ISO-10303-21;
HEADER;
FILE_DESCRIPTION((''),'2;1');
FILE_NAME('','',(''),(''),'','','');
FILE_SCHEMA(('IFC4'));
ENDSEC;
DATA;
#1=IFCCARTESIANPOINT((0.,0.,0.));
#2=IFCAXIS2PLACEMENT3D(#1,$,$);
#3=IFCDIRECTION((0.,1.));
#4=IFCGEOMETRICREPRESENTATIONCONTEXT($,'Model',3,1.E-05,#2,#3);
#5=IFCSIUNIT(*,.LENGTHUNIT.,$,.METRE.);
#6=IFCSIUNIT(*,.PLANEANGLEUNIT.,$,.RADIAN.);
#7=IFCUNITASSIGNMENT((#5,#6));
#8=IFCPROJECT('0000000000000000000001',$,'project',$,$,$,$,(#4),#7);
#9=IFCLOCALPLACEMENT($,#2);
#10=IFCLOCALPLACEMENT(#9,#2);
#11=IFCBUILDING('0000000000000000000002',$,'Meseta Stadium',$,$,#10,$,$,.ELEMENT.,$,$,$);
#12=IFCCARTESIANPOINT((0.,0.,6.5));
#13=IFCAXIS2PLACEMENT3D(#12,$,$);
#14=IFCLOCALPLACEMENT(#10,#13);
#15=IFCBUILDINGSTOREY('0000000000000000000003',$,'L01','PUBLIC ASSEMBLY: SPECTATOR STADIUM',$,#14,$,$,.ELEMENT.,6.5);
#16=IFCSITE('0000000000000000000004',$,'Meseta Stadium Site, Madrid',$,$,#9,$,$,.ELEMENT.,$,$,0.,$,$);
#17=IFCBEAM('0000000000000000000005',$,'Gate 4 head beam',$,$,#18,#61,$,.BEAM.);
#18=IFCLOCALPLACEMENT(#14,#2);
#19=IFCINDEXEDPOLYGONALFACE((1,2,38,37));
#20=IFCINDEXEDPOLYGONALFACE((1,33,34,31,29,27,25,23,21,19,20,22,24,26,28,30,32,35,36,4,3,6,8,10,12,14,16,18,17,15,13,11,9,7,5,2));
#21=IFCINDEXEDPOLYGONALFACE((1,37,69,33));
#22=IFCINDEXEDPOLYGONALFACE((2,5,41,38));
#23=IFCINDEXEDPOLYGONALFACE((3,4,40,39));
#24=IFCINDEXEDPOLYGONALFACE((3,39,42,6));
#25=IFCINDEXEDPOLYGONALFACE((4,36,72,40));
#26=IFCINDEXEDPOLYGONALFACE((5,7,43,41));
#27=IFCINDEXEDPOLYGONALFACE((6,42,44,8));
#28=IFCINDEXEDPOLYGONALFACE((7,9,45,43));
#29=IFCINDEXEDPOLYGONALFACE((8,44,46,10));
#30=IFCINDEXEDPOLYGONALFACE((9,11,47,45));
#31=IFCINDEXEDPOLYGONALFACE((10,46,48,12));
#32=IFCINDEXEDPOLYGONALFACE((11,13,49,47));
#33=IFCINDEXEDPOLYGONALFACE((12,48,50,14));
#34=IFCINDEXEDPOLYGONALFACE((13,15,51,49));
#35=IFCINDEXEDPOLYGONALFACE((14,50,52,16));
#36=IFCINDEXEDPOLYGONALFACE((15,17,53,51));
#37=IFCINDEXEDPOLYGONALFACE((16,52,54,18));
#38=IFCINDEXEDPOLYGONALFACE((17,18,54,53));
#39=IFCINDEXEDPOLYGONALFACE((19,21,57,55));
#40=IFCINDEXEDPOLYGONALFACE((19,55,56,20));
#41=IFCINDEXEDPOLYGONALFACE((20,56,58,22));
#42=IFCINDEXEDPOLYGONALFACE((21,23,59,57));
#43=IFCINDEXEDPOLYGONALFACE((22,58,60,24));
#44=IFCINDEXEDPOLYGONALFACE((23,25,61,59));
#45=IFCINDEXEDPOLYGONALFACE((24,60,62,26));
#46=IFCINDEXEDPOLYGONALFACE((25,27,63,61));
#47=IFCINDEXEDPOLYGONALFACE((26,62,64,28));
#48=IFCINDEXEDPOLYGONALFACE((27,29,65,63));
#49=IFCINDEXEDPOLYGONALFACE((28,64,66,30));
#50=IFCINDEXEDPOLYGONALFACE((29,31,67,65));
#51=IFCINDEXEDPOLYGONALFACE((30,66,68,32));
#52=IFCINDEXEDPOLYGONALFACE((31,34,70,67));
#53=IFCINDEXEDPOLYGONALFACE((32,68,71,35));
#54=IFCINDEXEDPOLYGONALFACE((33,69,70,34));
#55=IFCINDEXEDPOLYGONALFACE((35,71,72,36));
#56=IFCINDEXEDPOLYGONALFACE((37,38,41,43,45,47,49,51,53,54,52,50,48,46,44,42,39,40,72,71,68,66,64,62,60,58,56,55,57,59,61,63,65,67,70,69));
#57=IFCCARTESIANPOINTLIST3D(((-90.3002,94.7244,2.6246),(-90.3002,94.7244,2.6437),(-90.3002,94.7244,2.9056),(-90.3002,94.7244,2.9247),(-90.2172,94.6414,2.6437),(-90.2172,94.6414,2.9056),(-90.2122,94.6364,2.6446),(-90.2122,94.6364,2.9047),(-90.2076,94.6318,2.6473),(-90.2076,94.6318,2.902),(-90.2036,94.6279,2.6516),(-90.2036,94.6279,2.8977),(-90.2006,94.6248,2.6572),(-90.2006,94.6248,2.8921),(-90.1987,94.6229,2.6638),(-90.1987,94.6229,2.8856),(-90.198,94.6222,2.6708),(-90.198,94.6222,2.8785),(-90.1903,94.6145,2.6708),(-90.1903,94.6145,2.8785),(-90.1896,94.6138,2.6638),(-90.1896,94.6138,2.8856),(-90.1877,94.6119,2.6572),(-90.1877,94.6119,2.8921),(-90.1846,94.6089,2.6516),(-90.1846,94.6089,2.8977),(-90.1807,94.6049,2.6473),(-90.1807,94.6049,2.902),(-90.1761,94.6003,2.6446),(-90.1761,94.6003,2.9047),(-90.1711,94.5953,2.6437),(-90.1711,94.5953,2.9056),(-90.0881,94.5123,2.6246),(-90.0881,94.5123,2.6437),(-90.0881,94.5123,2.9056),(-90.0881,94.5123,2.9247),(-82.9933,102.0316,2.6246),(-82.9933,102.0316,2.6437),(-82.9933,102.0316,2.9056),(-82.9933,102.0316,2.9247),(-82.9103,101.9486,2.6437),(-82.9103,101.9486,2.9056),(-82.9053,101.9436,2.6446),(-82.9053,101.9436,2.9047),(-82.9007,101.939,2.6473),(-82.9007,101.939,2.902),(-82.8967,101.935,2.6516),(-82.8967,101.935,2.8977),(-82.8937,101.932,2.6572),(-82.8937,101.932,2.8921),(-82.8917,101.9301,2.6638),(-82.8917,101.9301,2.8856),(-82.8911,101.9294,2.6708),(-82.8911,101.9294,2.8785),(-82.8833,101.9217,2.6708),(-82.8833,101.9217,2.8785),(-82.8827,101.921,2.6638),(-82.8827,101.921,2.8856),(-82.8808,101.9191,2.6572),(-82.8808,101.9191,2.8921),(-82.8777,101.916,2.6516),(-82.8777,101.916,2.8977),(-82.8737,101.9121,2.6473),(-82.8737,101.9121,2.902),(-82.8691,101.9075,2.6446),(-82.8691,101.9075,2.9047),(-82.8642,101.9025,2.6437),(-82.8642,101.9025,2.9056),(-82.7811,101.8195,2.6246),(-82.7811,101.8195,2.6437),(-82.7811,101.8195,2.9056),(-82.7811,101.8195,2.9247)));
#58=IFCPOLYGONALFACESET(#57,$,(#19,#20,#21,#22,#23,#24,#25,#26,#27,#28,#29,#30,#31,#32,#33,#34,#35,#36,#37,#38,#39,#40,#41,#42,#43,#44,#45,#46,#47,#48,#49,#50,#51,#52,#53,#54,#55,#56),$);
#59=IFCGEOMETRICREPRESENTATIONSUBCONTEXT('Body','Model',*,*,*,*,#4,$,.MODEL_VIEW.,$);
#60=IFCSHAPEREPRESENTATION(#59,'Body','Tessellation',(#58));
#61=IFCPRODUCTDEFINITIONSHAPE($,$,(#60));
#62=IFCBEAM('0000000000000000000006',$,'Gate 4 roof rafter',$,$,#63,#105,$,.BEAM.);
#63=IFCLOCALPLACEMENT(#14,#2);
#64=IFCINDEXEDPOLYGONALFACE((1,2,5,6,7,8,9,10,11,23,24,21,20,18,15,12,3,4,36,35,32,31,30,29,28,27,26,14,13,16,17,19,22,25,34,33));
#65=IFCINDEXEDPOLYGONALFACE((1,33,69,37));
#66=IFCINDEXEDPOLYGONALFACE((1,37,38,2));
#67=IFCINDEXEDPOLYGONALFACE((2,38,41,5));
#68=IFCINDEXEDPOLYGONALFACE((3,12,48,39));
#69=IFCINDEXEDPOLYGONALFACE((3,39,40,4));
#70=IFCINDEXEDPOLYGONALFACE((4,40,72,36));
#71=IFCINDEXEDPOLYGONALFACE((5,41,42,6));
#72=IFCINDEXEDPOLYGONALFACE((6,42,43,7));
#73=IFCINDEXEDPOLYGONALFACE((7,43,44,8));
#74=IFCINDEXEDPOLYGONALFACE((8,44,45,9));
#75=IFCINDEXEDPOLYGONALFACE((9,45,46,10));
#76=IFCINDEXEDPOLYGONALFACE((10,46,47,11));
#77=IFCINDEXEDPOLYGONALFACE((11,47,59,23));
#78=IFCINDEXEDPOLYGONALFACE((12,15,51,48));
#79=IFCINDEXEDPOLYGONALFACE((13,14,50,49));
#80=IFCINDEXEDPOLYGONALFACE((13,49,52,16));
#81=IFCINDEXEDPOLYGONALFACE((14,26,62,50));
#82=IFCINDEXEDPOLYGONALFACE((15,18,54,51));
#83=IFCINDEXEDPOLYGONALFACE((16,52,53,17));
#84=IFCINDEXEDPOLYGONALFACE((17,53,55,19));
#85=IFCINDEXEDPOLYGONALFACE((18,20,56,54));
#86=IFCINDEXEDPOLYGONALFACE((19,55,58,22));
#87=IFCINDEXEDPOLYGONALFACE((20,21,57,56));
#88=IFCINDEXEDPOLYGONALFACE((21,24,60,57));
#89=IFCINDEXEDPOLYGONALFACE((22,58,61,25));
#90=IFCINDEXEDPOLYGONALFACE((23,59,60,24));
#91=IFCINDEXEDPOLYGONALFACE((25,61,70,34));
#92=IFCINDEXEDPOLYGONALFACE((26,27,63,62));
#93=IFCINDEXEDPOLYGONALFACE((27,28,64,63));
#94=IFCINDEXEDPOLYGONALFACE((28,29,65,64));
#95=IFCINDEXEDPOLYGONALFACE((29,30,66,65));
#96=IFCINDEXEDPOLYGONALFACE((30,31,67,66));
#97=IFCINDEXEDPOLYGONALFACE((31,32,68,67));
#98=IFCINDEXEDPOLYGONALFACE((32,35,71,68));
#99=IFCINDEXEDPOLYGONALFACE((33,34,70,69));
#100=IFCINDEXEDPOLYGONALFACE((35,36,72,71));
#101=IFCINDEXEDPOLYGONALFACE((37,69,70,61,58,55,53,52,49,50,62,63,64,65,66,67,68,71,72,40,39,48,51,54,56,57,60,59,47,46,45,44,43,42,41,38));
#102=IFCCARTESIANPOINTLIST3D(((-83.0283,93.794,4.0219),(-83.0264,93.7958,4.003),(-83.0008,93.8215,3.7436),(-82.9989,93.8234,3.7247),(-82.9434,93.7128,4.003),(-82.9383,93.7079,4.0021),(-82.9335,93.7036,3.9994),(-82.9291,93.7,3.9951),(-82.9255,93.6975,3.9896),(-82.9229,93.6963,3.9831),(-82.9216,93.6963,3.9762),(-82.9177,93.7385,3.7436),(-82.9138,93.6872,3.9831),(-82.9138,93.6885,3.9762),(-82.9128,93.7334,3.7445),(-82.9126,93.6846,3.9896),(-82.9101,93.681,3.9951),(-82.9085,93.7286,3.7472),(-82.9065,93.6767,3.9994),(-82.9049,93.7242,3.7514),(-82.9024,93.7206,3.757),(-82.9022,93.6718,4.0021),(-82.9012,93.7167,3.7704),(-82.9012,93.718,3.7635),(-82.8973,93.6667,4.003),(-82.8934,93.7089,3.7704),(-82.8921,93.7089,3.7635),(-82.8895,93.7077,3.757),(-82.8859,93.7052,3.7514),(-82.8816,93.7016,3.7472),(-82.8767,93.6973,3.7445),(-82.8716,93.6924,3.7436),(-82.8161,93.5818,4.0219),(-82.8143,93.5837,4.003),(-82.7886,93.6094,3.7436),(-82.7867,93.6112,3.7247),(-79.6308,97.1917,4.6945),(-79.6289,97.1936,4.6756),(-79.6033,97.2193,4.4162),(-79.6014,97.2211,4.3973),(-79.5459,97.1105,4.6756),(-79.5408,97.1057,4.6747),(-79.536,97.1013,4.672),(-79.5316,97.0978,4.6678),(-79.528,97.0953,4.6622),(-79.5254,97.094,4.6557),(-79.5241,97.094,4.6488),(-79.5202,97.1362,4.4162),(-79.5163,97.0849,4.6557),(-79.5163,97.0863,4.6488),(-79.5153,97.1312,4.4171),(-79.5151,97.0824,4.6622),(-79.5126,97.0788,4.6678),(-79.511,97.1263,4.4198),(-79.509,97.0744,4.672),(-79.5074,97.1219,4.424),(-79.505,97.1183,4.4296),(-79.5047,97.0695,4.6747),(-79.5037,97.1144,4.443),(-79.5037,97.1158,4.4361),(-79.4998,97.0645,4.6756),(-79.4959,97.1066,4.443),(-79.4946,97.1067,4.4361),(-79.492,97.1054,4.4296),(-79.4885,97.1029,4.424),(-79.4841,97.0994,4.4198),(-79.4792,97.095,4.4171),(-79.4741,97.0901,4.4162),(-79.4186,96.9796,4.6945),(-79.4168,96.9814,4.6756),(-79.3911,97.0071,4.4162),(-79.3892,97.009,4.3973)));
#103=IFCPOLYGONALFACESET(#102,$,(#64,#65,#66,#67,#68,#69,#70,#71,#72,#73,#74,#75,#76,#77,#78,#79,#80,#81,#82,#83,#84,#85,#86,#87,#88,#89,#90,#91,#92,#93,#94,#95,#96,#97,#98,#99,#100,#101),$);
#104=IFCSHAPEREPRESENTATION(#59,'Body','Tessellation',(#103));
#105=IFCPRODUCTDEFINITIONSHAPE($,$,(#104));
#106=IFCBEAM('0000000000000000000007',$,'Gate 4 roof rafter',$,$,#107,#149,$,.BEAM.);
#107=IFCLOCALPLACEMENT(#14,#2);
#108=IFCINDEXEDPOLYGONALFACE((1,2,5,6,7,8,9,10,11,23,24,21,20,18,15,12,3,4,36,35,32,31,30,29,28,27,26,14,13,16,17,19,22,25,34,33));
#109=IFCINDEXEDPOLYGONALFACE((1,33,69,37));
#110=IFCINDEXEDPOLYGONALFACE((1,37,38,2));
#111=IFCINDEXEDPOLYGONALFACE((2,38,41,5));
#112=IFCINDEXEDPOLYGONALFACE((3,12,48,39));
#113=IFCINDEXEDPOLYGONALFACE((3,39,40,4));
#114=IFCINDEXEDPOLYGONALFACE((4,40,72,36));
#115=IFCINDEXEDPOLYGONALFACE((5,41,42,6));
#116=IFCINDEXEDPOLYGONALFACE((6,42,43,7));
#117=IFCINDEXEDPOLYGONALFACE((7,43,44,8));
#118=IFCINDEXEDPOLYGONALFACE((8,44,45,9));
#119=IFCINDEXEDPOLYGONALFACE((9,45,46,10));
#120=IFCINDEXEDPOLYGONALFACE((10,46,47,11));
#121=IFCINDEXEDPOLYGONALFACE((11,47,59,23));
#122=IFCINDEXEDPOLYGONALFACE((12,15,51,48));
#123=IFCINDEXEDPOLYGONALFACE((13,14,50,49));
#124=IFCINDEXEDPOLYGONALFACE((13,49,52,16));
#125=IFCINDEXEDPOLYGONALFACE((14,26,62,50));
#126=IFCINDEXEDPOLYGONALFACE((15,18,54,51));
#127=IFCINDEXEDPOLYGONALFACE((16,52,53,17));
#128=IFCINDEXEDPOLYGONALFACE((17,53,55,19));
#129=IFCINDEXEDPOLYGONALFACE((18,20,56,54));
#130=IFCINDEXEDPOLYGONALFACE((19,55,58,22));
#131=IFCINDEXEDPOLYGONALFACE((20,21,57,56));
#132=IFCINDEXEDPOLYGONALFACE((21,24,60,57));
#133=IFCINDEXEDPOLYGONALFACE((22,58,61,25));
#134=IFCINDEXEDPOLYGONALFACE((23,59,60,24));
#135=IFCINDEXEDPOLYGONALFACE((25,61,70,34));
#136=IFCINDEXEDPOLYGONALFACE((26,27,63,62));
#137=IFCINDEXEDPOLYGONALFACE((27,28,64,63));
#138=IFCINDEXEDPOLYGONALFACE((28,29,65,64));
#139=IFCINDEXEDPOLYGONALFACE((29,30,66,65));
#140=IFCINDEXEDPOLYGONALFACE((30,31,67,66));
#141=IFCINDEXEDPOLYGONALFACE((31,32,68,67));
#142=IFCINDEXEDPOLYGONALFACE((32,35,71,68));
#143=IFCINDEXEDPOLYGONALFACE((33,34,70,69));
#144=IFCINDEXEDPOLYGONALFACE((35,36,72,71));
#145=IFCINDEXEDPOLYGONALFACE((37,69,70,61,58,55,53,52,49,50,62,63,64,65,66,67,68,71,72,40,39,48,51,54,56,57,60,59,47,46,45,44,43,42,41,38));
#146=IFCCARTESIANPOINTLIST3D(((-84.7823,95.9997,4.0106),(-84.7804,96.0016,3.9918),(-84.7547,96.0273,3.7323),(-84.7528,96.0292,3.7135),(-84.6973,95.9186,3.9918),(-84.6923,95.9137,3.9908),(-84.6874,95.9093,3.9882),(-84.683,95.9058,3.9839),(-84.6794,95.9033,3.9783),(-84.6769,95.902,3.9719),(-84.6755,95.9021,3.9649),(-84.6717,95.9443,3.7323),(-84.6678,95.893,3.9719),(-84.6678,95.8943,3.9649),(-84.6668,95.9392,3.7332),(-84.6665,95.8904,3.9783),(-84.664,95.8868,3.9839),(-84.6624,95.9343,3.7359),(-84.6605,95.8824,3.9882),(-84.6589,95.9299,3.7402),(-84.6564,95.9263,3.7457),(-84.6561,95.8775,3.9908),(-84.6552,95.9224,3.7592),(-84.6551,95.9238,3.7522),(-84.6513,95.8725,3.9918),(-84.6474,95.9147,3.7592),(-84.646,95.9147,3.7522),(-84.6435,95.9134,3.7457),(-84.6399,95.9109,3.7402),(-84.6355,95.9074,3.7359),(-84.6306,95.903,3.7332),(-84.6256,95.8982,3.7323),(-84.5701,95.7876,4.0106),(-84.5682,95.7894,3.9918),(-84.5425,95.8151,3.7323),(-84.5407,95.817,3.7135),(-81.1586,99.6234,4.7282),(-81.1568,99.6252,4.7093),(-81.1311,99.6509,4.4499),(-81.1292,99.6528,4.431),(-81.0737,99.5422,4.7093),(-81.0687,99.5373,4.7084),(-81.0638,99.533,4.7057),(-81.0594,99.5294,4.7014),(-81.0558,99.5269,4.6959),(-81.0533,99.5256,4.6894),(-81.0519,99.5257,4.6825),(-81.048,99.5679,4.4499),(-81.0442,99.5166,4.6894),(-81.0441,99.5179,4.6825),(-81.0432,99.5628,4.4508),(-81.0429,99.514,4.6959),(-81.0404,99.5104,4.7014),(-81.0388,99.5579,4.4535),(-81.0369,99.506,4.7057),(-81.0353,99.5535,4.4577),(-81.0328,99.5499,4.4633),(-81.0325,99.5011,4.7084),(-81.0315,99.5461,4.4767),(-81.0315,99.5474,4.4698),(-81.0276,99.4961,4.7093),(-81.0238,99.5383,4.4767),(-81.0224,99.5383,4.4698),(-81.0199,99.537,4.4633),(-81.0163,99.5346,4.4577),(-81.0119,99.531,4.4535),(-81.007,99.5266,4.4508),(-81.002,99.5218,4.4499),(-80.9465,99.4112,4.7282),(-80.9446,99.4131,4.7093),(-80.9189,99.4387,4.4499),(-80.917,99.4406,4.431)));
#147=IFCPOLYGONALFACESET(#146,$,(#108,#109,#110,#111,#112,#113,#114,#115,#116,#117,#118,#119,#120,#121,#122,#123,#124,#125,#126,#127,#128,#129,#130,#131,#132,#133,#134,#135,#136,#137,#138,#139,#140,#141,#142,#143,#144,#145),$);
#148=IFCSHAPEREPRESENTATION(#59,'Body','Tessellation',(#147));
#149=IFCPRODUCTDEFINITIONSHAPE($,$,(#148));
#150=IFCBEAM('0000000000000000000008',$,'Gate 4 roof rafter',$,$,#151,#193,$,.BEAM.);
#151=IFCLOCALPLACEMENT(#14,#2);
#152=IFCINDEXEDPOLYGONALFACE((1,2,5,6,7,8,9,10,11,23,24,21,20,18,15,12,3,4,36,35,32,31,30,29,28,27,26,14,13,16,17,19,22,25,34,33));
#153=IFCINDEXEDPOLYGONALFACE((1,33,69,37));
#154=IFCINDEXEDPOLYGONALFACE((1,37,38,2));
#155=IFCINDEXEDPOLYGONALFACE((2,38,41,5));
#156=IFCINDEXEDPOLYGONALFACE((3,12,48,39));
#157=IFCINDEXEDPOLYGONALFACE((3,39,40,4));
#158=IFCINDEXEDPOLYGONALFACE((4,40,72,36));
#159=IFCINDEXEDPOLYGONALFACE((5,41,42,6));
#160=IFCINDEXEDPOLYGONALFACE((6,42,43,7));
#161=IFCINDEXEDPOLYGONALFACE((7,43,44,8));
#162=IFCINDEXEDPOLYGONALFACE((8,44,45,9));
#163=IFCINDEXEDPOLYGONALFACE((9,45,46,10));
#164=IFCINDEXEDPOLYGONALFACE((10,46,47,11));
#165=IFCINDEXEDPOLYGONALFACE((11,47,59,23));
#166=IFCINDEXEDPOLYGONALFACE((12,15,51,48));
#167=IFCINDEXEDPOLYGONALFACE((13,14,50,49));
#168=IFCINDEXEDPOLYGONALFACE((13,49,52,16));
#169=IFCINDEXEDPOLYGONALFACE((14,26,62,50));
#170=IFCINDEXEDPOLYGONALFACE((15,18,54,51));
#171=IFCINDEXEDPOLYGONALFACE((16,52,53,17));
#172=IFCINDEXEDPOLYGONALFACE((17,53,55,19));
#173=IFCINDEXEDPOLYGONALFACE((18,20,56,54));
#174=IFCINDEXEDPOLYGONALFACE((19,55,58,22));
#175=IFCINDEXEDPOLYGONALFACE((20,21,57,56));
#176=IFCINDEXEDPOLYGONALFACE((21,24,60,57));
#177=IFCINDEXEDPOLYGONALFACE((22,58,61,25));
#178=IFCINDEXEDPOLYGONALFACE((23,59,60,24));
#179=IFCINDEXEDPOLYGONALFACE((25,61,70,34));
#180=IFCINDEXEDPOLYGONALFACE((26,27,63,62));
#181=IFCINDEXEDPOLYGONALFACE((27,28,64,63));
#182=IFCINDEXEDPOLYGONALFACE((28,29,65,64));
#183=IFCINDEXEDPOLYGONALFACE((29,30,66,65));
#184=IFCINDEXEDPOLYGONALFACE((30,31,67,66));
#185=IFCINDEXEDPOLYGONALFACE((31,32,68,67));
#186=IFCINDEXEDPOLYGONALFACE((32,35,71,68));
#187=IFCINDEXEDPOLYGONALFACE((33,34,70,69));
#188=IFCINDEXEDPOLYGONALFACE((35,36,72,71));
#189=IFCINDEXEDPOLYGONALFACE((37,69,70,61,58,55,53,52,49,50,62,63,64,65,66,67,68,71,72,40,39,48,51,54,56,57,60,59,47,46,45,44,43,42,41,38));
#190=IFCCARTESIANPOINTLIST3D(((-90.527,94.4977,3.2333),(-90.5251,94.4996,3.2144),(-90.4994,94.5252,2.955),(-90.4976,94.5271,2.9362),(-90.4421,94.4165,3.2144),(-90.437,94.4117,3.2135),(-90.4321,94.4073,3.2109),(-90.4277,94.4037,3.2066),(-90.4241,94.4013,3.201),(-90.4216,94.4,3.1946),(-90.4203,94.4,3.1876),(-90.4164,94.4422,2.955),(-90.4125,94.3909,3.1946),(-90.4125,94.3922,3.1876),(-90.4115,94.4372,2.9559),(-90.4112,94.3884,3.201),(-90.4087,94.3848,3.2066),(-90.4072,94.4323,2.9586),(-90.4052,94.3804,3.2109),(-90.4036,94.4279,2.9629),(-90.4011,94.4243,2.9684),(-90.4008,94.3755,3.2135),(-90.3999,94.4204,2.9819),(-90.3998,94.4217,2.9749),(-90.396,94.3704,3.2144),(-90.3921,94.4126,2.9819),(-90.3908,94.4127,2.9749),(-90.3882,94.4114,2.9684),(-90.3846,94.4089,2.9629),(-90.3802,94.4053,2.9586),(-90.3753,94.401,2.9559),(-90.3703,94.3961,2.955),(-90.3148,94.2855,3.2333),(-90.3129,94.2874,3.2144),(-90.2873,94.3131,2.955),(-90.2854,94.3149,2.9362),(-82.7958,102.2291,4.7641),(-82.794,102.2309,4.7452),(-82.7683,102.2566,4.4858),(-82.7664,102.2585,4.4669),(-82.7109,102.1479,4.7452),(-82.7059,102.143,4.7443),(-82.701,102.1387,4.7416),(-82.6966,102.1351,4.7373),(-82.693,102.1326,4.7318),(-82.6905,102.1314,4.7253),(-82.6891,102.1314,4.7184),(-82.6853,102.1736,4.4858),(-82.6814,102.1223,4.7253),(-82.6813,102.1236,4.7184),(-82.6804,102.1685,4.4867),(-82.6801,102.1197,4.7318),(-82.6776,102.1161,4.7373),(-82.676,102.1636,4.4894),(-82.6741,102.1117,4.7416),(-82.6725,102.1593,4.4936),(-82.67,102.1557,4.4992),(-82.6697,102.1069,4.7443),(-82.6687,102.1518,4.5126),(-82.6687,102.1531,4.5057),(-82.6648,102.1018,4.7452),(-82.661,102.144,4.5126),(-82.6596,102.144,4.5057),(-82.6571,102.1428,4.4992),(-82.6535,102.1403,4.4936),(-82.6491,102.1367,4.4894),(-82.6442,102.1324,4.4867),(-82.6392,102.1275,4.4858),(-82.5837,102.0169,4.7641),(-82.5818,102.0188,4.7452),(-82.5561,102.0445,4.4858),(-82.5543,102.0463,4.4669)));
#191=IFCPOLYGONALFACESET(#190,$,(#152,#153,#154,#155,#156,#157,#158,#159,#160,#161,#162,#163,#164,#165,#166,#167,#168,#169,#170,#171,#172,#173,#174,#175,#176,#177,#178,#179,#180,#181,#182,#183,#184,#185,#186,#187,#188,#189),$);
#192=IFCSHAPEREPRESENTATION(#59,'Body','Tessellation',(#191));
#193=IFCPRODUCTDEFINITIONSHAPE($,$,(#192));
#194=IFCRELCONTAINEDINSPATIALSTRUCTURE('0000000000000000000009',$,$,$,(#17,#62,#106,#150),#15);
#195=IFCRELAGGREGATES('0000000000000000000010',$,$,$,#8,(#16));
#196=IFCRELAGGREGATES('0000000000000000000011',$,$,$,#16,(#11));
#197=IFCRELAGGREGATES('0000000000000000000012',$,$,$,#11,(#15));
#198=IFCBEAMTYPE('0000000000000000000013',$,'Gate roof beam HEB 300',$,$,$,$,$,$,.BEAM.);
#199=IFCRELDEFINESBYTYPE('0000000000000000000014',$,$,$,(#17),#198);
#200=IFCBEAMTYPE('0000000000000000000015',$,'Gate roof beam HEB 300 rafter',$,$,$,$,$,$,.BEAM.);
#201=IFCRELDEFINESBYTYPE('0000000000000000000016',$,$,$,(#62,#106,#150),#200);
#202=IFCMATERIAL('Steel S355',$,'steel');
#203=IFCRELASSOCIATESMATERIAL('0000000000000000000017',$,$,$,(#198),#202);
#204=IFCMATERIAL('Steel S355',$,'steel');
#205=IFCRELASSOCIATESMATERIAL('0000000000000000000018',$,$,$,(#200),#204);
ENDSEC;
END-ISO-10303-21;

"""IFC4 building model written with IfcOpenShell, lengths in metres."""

from ifc_helpers import new_model, si_unit, direction, frame, origin, origin_2d, place, context, subcontext, project, spatial, i_section, extrude, material, material_profile, profile_set, type_object, element, save


model = new_model("IFC4")

# Units and contexts
model_context = context("Model", 3, precision=1e-05, world=origin(), true_north=direction((0.0, 1.0)))
body_context = subcontext(model_context, "Body", "Model", "MODEL_VIEW")
ifc_project = project(units=[si_unit("LENGTHUNIT", "METRE"), si_unit("PLANEANGLEUNIT", "RADIAN")], contexts=[model_context])

# Site, building, storey
site_placement = place(None, origin())
site = spatial("IfcSite", under=ifc_project, at=site_placement, Name="Meseta Stadium Site, Madrid", CompositionType="ELEMENT", RefElevation=0.0)
building_placement = place(site_placement, origin())
building = spatial("IfcBuilding", under=site, at=building_placement, Name="Meseta Stadium", CompositionType="ELEMENT")
storey_placement = place(building_placement, frame((0.0, 0.0, 6.5)))
storey = spatial("IfcBuildingStorey", under=building, at=storey_placement, Name="L01", Description="PUBLIC ASSEMBLY: SPECTATOR STADIUM", CompositionType="ELEMENT", Elevation=6.5)

# Beams
ifc_material_1 = material(Name="Steel S355", Category="steel")
ifc_material_profile_1 = material_profile(ifc_material_1, i_section(OverallWidth=0.3, OverallDepth=0.3, WebThickness=0.011, FlangeThickness=0.019, FilletRadius=0.0271, at=origin_2d()), Name="HEB 300")
ifc_profile_set_1 = profile_set([ifc_material_profile_1], Name="Steel S355")
beam_type_1 = type_object("IfcBeamType", Name="Gate roof beam HEB 300", PredefinedType="BEAM", material=ifc_profile_set_1)
beam_1_placement = place(storey_placement, frame((-82.8872, 101.9255, 2.7747), z_axis=(-0.707095, -0.707119, 0.0), x_axis=(0.707119, -0.707095, 0.0)))
element("IfcBeam", 1, at=beam_1_placement, inside=storey, type_object=beam_type_1, Name="Gate 4 head beam", PredefinedType="BEAM", context=body_context, shape_type="SweptSolid", body=[
    extrude(i_section(OverallWidth=0.3, OverallDepth=0.3, WebThickness=0.011, FlangeThickness=0.019, FilletRadius=0.0271, at=origin_2d()), origin(), (0.0, 0.0, 1.0), 10.3337),
])
ifc_material_2 = material(Name="Steel S355", Category="steel")
ifc_material_profile_2 = material_profile(ifc_material_2, i_section(OverallWidth=0.3, OverallDepth=0.3, WebThickness=0.011, FlangeThickness=0.019, FilletRadius=0.0271, at=origin_2d()), Name="HEB 300")
ifc_profile_set_2 = profile_set([ifc_material_profile_2], Name="Steel S355")
beam_type_2 = type_object("IfcBeamType", Name="Gate roof beam HEB 300 rafter", PredefinedType="BEAM", material=ifc_profile_set_2)
beam_2_placement = place(storey_placement, frame((-79.51, 97.1003, 4.5459), z_axis=(-0.700254, -0.700304, -0.138632), x_axis=(0.707132, -0.707081, 0.0)))
element("IfcBeam", 2, at=beam_2_placement, inside=storey, type_object=beam_type_2, Name="Gate 4 roof rafter", PredefinedType="BEAM", context=body_context, shape_type="SweptSolid", body=[
    extrude(i_section(OverallWidth=0.3, OverallDepth=0.3, WebThickness=0.011, FlangeThickness=0.019, FilletRadius=0.0271, at=origin_2d()), origin(), (0.0, 0.0, 1.0), 4.8518),
])
beam_3_placement = place(storey_placement, frame((-81.0378, 99.532, 4.5796), z_axis=(-0.700275, -0.700275, -0.138668), x_axis=(0.707107, -0.707107, 0.0)))
element("IfcBeam", 3, at=beam_3_placement, inside=storey, type_object=beam_type_2, Name="Gate 4 roof rafter", PredefinedType="BEAM", context=body_context, shape_type="SweptSolid", body=[
    extrude(i_section(OverallWidth=0.3, OverallDepth=0.3, WebThickness=0.011, FlangeThickness=0.019, FilletRadius=0.0271, at=origin_2d()), origin(), (0.0, 0.0, 1.0), 5.1746),
])
beam_4_placement = place(storey_placement, frame((-82.675, 102.1377, 4.6155), z_axis=(-0.700266, -0.700288, -0.138651), x_axis=(0.707118, -0.707096, 0.0)))
element("IfcBeam", 4, at=beam_4_placement, inside=storey, type_object=beam_type_2, Name="Gate 4 roof rafter", PredefinedType="BEAM", context=body_context, shape_type="SweptSolid", body=[
    extrude(i_section(OverallWidth=0.3, OverallDepth=0.3, WebThickness=0.011, FlangeThickness=0.019, FilletRadius=0.0271, at=origin_2d()), origin(), (0.0, 0.0, 1.0), 11.0403),
])

save(model, "model.ifc")
